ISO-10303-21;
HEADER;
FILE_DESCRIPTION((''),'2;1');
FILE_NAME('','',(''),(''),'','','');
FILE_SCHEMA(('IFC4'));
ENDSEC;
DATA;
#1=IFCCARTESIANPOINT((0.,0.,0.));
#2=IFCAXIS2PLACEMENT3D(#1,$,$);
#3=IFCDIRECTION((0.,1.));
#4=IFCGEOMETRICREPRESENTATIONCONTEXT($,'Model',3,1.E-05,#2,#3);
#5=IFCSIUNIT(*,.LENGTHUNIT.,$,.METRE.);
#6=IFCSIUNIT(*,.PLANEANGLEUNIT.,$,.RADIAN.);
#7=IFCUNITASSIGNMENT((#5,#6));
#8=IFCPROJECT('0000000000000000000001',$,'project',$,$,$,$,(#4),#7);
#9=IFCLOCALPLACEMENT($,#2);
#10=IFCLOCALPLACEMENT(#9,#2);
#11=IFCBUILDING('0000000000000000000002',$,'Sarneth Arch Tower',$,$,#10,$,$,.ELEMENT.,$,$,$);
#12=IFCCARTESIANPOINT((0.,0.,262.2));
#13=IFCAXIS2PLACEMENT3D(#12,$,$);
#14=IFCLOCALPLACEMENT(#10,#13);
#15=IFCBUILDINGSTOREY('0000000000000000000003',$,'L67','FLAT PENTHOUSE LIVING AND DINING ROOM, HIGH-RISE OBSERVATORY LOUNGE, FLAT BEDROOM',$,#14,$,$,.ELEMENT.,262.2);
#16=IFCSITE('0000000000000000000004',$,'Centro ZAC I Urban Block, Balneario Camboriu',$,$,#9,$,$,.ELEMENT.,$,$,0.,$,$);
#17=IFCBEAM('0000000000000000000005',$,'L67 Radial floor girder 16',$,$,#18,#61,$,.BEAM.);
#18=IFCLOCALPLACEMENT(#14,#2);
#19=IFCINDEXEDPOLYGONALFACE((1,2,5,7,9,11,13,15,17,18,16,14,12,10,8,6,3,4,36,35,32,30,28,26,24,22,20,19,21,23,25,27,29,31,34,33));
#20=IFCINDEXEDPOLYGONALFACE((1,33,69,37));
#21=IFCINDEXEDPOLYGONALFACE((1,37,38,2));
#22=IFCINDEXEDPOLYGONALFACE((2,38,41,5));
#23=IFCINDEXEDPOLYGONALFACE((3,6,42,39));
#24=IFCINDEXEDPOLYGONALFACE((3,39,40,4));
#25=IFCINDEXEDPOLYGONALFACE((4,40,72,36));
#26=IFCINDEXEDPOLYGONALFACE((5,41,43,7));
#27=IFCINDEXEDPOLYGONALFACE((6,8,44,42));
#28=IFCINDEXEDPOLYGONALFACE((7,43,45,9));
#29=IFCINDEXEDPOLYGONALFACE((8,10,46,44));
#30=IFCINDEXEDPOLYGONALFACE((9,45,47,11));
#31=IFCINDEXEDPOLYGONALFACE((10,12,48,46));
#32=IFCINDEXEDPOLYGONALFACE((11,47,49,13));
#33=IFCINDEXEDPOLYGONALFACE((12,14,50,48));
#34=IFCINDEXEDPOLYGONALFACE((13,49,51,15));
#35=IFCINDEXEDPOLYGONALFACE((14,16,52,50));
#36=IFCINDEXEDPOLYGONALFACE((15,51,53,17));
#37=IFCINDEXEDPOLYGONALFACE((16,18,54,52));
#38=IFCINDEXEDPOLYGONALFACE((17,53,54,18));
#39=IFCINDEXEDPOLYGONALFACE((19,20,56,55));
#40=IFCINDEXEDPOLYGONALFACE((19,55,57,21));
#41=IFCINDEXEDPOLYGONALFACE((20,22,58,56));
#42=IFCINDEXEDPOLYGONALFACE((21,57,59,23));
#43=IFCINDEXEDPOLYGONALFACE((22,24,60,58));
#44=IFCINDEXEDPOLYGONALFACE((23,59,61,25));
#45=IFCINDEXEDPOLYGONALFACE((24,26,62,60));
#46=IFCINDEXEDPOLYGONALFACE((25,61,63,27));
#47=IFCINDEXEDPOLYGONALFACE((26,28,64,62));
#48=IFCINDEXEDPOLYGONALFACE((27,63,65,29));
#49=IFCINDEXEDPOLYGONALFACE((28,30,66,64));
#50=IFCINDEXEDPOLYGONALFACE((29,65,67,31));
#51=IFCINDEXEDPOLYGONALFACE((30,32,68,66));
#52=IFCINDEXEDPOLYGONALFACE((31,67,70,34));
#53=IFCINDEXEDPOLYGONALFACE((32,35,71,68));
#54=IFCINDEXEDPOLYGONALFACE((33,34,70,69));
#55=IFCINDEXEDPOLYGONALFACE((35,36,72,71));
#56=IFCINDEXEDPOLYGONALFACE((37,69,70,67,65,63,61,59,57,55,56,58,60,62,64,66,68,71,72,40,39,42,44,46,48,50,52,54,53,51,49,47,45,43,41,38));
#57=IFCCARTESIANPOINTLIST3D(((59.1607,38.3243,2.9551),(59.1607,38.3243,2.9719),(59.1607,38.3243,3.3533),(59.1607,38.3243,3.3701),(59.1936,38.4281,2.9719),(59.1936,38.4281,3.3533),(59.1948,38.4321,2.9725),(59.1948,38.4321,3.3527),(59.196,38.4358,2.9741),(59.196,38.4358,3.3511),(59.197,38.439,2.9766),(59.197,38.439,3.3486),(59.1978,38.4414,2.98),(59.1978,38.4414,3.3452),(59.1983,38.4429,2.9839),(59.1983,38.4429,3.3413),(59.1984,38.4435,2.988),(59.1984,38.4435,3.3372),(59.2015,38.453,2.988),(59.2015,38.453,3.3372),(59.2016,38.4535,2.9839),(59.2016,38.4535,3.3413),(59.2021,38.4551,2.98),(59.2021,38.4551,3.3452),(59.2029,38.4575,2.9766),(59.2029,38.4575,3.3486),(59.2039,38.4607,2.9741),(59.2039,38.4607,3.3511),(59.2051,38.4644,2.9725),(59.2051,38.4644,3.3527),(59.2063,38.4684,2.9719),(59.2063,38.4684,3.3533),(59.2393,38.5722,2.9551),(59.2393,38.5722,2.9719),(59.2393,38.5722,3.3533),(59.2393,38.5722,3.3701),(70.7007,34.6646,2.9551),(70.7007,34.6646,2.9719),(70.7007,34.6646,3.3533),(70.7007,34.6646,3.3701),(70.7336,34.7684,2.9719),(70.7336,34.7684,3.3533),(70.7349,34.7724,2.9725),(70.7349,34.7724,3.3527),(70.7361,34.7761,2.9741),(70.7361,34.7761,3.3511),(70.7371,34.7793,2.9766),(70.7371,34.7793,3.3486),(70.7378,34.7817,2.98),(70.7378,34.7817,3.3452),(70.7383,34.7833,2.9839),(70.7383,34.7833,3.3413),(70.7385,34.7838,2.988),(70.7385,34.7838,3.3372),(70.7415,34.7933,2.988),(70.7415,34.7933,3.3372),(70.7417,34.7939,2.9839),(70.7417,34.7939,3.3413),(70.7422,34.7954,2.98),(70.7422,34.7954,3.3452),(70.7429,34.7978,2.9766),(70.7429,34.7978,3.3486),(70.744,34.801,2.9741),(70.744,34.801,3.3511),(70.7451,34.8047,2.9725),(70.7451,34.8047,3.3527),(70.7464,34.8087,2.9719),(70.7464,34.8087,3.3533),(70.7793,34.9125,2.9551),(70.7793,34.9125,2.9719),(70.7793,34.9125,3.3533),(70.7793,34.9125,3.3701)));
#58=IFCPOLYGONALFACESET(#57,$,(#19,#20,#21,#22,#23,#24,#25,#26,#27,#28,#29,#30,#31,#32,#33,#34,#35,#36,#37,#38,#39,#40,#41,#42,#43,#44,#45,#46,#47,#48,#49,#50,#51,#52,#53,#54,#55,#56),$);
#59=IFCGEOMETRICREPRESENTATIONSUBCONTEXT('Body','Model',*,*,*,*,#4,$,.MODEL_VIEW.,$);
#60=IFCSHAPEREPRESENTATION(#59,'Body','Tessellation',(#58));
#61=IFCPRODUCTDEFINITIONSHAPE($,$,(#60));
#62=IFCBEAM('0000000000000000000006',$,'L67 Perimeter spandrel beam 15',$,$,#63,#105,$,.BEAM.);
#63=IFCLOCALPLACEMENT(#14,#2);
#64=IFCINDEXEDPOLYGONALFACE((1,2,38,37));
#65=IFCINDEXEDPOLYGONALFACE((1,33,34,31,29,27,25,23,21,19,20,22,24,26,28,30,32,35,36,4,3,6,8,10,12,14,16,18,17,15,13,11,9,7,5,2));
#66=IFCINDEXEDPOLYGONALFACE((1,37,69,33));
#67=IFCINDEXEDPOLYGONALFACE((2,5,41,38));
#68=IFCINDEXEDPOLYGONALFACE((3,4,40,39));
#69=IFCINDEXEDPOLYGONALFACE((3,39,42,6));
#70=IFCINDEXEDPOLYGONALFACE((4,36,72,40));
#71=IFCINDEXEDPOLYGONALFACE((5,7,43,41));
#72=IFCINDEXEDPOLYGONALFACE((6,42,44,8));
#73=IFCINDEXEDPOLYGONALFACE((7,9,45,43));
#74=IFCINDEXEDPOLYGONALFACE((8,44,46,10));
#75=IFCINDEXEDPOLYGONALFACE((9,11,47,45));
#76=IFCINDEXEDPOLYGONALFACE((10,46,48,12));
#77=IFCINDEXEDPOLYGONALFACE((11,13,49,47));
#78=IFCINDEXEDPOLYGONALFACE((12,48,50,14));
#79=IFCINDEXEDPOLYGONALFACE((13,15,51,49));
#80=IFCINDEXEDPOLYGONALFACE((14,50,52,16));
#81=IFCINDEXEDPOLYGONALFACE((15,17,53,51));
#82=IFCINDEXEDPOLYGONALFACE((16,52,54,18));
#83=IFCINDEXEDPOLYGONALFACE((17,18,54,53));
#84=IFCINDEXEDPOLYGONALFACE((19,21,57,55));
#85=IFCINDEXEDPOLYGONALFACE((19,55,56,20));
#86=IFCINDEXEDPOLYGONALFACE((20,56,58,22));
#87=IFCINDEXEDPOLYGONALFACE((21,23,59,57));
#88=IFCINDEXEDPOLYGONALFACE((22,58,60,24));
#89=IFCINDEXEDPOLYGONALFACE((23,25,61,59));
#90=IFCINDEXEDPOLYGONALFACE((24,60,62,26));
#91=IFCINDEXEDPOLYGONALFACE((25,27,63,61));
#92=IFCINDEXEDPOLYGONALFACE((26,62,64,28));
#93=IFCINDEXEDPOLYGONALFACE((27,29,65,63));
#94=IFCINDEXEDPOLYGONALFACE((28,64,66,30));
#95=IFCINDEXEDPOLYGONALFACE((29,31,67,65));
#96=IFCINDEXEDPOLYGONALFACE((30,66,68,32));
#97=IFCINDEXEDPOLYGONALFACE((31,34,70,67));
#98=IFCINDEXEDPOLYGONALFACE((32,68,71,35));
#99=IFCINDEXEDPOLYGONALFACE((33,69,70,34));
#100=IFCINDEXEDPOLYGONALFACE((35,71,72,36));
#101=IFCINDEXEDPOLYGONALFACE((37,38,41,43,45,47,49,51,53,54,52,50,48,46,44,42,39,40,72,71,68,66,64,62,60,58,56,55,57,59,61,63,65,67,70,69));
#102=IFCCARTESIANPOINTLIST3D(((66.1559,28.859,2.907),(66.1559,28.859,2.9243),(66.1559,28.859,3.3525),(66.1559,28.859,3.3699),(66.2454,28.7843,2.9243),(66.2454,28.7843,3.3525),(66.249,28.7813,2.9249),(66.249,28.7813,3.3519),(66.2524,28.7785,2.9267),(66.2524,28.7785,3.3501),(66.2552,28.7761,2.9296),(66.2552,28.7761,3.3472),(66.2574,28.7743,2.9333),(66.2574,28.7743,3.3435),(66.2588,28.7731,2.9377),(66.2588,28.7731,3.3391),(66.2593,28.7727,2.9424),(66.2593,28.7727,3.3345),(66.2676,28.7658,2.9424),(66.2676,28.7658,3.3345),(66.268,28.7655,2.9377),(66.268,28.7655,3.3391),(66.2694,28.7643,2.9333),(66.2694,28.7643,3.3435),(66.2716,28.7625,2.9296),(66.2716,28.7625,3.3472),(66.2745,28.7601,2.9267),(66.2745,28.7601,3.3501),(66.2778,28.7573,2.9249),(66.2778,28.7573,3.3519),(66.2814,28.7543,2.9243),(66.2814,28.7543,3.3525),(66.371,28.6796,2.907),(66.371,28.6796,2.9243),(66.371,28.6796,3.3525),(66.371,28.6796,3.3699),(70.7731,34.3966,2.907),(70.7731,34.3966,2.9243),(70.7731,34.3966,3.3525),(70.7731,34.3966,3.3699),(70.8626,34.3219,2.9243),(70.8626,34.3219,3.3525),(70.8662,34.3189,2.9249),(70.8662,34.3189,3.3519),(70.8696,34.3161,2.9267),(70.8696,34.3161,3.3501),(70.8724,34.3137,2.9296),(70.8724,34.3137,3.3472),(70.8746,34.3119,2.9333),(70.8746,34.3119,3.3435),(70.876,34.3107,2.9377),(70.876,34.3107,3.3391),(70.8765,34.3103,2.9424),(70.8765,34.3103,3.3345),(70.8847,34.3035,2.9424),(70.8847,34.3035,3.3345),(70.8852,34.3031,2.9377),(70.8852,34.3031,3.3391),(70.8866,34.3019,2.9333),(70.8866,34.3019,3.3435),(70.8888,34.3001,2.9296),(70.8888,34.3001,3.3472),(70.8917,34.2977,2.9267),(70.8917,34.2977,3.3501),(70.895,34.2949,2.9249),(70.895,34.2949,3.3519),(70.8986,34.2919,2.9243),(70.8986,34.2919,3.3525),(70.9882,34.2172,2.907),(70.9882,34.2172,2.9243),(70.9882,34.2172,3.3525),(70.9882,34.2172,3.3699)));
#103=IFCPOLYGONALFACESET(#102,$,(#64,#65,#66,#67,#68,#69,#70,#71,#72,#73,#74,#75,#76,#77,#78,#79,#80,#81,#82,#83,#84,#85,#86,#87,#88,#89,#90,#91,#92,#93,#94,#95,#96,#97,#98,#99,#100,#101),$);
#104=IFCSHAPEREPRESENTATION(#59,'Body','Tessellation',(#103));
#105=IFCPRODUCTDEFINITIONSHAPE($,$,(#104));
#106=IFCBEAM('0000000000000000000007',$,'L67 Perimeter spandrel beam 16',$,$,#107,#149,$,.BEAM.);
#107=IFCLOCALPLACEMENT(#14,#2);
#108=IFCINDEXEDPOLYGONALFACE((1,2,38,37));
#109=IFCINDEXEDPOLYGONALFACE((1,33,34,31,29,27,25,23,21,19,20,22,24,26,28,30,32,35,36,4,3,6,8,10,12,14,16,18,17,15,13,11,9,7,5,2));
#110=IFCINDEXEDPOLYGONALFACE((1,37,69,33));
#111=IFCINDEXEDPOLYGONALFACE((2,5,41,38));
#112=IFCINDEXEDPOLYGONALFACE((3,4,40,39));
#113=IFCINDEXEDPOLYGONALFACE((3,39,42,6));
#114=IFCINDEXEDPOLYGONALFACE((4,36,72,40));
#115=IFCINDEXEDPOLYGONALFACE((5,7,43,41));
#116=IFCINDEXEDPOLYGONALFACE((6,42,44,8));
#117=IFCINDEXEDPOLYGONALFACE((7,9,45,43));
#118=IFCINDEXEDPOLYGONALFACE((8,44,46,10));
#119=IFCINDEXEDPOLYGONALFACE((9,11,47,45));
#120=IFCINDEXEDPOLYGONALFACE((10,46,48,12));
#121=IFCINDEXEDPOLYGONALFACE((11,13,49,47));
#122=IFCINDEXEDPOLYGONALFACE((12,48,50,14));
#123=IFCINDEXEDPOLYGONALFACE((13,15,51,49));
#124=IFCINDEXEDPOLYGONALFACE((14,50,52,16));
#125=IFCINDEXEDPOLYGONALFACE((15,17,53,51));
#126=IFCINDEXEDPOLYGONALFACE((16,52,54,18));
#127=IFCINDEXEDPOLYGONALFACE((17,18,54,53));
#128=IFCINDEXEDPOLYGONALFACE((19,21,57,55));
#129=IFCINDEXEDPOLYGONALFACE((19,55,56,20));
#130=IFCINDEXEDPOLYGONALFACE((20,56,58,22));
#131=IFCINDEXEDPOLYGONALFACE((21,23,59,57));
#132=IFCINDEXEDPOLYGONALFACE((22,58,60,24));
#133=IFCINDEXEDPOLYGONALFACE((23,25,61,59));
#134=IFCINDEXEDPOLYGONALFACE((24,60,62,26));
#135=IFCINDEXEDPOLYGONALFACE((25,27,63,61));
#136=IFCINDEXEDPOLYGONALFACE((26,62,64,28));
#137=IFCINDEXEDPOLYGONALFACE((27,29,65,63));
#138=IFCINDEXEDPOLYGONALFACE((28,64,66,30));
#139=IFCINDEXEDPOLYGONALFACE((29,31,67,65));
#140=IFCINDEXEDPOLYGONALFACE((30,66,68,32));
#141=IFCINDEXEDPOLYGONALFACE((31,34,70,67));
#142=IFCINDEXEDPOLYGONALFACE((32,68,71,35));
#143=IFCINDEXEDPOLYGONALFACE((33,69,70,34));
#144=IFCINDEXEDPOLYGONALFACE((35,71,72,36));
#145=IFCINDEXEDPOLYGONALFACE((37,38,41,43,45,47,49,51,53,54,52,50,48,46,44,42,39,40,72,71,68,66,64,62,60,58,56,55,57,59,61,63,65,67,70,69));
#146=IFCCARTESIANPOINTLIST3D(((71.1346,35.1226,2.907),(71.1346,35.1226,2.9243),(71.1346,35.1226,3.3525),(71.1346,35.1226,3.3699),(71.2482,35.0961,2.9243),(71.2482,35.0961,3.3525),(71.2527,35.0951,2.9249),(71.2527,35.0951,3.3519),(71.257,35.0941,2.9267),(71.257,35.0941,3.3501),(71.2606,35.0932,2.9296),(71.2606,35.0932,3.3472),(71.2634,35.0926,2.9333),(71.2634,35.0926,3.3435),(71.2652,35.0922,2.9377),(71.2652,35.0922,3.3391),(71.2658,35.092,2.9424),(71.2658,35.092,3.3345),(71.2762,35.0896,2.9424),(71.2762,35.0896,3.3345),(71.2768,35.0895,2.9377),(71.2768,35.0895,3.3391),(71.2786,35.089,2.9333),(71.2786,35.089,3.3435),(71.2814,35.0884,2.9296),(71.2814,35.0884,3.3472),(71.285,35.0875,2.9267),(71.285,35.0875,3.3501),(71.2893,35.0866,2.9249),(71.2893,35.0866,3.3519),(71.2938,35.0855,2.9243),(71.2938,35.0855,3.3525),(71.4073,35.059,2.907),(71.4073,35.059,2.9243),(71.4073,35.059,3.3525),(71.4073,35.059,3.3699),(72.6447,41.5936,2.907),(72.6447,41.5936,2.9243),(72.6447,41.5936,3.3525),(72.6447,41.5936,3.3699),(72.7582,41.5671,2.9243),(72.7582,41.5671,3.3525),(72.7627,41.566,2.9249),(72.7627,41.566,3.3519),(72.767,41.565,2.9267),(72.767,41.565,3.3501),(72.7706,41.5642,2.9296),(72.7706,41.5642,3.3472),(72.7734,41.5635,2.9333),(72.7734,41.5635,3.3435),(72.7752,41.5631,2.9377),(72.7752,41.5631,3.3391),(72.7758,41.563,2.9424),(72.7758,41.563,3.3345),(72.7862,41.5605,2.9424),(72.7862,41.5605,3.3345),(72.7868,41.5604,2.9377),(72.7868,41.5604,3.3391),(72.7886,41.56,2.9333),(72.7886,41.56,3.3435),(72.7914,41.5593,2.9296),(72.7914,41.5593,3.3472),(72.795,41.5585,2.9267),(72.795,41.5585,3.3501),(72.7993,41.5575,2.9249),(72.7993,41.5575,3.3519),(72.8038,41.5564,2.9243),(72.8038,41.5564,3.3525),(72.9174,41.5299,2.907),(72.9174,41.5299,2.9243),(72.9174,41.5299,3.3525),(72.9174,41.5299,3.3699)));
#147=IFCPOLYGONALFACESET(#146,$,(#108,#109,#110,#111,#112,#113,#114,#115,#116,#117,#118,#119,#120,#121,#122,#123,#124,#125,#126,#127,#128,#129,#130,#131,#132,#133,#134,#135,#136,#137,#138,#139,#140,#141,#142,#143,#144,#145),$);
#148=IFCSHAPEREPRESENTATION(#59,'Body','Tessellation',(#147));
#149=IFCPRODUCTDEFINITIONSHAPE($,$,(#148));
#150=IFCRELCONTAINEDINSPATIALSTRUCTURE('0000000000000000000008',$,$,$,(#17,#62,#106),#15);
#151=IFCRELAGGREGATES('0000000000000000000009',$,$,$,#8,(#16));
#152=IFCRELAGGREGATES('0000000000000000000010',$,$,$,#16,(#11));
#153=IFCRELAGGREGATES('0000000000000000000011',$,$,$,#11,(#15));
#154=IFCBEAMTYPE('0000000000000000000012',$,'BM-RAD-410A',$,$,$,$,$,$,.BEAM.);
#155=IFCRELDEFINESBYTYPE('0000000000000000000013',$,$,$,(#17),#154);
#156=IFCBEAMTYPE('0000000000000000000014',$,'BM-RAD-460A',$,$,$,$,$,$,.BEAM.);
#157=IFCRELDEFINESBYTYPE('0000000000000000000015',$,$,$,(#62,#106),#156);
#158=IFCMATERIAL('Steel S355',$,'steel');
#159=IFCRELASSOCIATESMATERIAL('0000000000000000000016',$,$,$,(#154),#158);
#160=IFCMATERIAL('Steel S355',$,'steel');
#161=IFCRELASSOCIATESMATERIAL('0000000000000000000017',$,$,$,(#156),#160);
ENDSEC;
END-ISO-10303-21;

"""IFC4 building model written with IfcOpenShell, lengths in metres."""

from ifc_helpers import new_model, si_unit, direction, frame, origin, origin_2d, place, context, subcontext, project, spatial, i_section, extrude, material, material_profile, profile_set, type_object, element, save


model = new_model("IFC4")

# Units and contexts
model_context = context("Model", 3, precision=1e-05, world=origin(), true_north=direction((0.0, 1.0)))
body_context = subcontext(model_context, "Body", "Model", "MODEL_VIEW")
ifc_project = project(units=[si_unit("LENGTHUNIT", "METRE"), si_unit("PLANEANGLEUNIT", "RADIAN")], contexts=[model_context])

# Site, building, storey
site_placement = place(None, origin())
site = spatial("IfcSite", under=ifc_project, at=site_placement, Name="Centro ZAC I Urban Block, Balneario Camboriu", CompositionType="ELEMENT", RefElevation=0.0)
building_placement = place(site_placement, origin())
building = spatial("IfcBuilding", under=site, at=building_placement, Name="Sarneth Arch Tower", CompositionType="ELEMENT")
storey_placement = place(building_placement, frame((0.0, 0.0, 262.2)))
storey = spatial("IfcBuildingStorey", under=building, at=storey_placement, Name="L67", Description="FLAT PENTHOUSE LIVING AND DINING ROOM, HIGH-RISE OBSERVATORY LOUNGE, FLAT BEDROOM", CompositionType="ELEMENT", Elevation=262.2)

# Beams
ifc_material_1 = material(Name="Steel S355", Category="steel")
ifc_material_profile_1 = material_profile(ifc_material_1, i_section(OverallWidth=0.26, OverallDepth=0.415, WebThickness=0.01, FlangeThickness=0.0168, FilletRadius=0.0161, at=origin_2d()), Name="W410x100")
ifc_profile_set_1 = profile_set([ifc_material_profile_1], Name="Steel S355")
beam_type_1 = type_object("IfcBeamType", Name="BM-RAD-410A", PredefinedType="BEAM", material=ifc_profile_set_1)
beam_1_placement = place(storey_placement, frame((59.2, 38.4482, 3.1626), z_axis=(0.953216, -0.302291, 0.0), x_axis=(0.302291, 0.953216, 0.0)))
element("IfcBeam", 1, at=beam_1_placement, inside=storey, type_object=beam_type_1, Name="L67 Radial floor girder 16", PredefinedType="BEAM", context=body_context, shape_type="SweptSolid", body=[
    extrude(i_section(OverallWidth=0.26, OverallDepth=0.415, WebThickness=0.01, FlangeThickness=0.0168, FilletRadius=0.0161, at=origin_2d()), origin(), (0.0, 0.0, 1.0), 12.1064),
])
ifc_material_2 = material(Name="Steel S355", Category="steel")
ifc_material_profile_2 = material_profile(ifc_material_2, i_section(OverallWidth=0.28, OverallDepth=0.4629, WebThickness=0.0107, FlangeThickness=0.0173, FilletRadius=0.0181, at=origin_2d()), Name="W460x113")
ifc_profile_set_2 = profile_set([ifc_material_profile_2], Name="Steel S355")
beam_type_2 = type_object("IfcBeamType", Name="BM-RAD-460A", PredefinedType="BEAM", material=ifc_profile_set_2)
beam_2_placement = place(storey_placement, frame((66.2634, 28.7693, 3.1384), z_axis=(0.640391, 0.768049, 0.0), x_axis=(-0.768049, 0.640391, 0.0)))
element("IfcBeam", 2, at=beam_2_placement, inside=storey, type_object=beam_type_2, Name="L67 Perimeter spandrel beam 15", PredefinedType="BEAM", context=body_context, shape_type="SweptSolid", body=[
    extrude(i_section(OverallWidth=0.28, OverallDepth=0.4629, WebThickness=0.0107, FlangeThickness=0.0173, FilletRadius=0.0181, at=origin_2d()), origin(), (0.0, 0.0, 1.0), 7.21),
])
beam_3_placement = place(storey_placement, frame((71.271, 35.0908, 3.1384), z_axis=(0.227247, 0.973837, 0.0), x_axis=(-0.973837, 0.227247, 0.0)))
element("IfcBeam", 3, at=beam_3_placement, inside=storey, type_object=beam_type_2, Name="L67 Perimeter spandrel beam 16", PredefinedType="BEAM", context=body_context, shape_type="SweptSolid", body=[
    extrude(i_section(OverallWidth=0.28, OverallDepth=0.4629, WebThickness=0.0107, FlangeThickness=0.0173, FilletRadius=0.0181, at=origin_2d()), origin(), (0.0, 0.0, 1.0), 6.6448),
])

save(model, "model.ifc")
